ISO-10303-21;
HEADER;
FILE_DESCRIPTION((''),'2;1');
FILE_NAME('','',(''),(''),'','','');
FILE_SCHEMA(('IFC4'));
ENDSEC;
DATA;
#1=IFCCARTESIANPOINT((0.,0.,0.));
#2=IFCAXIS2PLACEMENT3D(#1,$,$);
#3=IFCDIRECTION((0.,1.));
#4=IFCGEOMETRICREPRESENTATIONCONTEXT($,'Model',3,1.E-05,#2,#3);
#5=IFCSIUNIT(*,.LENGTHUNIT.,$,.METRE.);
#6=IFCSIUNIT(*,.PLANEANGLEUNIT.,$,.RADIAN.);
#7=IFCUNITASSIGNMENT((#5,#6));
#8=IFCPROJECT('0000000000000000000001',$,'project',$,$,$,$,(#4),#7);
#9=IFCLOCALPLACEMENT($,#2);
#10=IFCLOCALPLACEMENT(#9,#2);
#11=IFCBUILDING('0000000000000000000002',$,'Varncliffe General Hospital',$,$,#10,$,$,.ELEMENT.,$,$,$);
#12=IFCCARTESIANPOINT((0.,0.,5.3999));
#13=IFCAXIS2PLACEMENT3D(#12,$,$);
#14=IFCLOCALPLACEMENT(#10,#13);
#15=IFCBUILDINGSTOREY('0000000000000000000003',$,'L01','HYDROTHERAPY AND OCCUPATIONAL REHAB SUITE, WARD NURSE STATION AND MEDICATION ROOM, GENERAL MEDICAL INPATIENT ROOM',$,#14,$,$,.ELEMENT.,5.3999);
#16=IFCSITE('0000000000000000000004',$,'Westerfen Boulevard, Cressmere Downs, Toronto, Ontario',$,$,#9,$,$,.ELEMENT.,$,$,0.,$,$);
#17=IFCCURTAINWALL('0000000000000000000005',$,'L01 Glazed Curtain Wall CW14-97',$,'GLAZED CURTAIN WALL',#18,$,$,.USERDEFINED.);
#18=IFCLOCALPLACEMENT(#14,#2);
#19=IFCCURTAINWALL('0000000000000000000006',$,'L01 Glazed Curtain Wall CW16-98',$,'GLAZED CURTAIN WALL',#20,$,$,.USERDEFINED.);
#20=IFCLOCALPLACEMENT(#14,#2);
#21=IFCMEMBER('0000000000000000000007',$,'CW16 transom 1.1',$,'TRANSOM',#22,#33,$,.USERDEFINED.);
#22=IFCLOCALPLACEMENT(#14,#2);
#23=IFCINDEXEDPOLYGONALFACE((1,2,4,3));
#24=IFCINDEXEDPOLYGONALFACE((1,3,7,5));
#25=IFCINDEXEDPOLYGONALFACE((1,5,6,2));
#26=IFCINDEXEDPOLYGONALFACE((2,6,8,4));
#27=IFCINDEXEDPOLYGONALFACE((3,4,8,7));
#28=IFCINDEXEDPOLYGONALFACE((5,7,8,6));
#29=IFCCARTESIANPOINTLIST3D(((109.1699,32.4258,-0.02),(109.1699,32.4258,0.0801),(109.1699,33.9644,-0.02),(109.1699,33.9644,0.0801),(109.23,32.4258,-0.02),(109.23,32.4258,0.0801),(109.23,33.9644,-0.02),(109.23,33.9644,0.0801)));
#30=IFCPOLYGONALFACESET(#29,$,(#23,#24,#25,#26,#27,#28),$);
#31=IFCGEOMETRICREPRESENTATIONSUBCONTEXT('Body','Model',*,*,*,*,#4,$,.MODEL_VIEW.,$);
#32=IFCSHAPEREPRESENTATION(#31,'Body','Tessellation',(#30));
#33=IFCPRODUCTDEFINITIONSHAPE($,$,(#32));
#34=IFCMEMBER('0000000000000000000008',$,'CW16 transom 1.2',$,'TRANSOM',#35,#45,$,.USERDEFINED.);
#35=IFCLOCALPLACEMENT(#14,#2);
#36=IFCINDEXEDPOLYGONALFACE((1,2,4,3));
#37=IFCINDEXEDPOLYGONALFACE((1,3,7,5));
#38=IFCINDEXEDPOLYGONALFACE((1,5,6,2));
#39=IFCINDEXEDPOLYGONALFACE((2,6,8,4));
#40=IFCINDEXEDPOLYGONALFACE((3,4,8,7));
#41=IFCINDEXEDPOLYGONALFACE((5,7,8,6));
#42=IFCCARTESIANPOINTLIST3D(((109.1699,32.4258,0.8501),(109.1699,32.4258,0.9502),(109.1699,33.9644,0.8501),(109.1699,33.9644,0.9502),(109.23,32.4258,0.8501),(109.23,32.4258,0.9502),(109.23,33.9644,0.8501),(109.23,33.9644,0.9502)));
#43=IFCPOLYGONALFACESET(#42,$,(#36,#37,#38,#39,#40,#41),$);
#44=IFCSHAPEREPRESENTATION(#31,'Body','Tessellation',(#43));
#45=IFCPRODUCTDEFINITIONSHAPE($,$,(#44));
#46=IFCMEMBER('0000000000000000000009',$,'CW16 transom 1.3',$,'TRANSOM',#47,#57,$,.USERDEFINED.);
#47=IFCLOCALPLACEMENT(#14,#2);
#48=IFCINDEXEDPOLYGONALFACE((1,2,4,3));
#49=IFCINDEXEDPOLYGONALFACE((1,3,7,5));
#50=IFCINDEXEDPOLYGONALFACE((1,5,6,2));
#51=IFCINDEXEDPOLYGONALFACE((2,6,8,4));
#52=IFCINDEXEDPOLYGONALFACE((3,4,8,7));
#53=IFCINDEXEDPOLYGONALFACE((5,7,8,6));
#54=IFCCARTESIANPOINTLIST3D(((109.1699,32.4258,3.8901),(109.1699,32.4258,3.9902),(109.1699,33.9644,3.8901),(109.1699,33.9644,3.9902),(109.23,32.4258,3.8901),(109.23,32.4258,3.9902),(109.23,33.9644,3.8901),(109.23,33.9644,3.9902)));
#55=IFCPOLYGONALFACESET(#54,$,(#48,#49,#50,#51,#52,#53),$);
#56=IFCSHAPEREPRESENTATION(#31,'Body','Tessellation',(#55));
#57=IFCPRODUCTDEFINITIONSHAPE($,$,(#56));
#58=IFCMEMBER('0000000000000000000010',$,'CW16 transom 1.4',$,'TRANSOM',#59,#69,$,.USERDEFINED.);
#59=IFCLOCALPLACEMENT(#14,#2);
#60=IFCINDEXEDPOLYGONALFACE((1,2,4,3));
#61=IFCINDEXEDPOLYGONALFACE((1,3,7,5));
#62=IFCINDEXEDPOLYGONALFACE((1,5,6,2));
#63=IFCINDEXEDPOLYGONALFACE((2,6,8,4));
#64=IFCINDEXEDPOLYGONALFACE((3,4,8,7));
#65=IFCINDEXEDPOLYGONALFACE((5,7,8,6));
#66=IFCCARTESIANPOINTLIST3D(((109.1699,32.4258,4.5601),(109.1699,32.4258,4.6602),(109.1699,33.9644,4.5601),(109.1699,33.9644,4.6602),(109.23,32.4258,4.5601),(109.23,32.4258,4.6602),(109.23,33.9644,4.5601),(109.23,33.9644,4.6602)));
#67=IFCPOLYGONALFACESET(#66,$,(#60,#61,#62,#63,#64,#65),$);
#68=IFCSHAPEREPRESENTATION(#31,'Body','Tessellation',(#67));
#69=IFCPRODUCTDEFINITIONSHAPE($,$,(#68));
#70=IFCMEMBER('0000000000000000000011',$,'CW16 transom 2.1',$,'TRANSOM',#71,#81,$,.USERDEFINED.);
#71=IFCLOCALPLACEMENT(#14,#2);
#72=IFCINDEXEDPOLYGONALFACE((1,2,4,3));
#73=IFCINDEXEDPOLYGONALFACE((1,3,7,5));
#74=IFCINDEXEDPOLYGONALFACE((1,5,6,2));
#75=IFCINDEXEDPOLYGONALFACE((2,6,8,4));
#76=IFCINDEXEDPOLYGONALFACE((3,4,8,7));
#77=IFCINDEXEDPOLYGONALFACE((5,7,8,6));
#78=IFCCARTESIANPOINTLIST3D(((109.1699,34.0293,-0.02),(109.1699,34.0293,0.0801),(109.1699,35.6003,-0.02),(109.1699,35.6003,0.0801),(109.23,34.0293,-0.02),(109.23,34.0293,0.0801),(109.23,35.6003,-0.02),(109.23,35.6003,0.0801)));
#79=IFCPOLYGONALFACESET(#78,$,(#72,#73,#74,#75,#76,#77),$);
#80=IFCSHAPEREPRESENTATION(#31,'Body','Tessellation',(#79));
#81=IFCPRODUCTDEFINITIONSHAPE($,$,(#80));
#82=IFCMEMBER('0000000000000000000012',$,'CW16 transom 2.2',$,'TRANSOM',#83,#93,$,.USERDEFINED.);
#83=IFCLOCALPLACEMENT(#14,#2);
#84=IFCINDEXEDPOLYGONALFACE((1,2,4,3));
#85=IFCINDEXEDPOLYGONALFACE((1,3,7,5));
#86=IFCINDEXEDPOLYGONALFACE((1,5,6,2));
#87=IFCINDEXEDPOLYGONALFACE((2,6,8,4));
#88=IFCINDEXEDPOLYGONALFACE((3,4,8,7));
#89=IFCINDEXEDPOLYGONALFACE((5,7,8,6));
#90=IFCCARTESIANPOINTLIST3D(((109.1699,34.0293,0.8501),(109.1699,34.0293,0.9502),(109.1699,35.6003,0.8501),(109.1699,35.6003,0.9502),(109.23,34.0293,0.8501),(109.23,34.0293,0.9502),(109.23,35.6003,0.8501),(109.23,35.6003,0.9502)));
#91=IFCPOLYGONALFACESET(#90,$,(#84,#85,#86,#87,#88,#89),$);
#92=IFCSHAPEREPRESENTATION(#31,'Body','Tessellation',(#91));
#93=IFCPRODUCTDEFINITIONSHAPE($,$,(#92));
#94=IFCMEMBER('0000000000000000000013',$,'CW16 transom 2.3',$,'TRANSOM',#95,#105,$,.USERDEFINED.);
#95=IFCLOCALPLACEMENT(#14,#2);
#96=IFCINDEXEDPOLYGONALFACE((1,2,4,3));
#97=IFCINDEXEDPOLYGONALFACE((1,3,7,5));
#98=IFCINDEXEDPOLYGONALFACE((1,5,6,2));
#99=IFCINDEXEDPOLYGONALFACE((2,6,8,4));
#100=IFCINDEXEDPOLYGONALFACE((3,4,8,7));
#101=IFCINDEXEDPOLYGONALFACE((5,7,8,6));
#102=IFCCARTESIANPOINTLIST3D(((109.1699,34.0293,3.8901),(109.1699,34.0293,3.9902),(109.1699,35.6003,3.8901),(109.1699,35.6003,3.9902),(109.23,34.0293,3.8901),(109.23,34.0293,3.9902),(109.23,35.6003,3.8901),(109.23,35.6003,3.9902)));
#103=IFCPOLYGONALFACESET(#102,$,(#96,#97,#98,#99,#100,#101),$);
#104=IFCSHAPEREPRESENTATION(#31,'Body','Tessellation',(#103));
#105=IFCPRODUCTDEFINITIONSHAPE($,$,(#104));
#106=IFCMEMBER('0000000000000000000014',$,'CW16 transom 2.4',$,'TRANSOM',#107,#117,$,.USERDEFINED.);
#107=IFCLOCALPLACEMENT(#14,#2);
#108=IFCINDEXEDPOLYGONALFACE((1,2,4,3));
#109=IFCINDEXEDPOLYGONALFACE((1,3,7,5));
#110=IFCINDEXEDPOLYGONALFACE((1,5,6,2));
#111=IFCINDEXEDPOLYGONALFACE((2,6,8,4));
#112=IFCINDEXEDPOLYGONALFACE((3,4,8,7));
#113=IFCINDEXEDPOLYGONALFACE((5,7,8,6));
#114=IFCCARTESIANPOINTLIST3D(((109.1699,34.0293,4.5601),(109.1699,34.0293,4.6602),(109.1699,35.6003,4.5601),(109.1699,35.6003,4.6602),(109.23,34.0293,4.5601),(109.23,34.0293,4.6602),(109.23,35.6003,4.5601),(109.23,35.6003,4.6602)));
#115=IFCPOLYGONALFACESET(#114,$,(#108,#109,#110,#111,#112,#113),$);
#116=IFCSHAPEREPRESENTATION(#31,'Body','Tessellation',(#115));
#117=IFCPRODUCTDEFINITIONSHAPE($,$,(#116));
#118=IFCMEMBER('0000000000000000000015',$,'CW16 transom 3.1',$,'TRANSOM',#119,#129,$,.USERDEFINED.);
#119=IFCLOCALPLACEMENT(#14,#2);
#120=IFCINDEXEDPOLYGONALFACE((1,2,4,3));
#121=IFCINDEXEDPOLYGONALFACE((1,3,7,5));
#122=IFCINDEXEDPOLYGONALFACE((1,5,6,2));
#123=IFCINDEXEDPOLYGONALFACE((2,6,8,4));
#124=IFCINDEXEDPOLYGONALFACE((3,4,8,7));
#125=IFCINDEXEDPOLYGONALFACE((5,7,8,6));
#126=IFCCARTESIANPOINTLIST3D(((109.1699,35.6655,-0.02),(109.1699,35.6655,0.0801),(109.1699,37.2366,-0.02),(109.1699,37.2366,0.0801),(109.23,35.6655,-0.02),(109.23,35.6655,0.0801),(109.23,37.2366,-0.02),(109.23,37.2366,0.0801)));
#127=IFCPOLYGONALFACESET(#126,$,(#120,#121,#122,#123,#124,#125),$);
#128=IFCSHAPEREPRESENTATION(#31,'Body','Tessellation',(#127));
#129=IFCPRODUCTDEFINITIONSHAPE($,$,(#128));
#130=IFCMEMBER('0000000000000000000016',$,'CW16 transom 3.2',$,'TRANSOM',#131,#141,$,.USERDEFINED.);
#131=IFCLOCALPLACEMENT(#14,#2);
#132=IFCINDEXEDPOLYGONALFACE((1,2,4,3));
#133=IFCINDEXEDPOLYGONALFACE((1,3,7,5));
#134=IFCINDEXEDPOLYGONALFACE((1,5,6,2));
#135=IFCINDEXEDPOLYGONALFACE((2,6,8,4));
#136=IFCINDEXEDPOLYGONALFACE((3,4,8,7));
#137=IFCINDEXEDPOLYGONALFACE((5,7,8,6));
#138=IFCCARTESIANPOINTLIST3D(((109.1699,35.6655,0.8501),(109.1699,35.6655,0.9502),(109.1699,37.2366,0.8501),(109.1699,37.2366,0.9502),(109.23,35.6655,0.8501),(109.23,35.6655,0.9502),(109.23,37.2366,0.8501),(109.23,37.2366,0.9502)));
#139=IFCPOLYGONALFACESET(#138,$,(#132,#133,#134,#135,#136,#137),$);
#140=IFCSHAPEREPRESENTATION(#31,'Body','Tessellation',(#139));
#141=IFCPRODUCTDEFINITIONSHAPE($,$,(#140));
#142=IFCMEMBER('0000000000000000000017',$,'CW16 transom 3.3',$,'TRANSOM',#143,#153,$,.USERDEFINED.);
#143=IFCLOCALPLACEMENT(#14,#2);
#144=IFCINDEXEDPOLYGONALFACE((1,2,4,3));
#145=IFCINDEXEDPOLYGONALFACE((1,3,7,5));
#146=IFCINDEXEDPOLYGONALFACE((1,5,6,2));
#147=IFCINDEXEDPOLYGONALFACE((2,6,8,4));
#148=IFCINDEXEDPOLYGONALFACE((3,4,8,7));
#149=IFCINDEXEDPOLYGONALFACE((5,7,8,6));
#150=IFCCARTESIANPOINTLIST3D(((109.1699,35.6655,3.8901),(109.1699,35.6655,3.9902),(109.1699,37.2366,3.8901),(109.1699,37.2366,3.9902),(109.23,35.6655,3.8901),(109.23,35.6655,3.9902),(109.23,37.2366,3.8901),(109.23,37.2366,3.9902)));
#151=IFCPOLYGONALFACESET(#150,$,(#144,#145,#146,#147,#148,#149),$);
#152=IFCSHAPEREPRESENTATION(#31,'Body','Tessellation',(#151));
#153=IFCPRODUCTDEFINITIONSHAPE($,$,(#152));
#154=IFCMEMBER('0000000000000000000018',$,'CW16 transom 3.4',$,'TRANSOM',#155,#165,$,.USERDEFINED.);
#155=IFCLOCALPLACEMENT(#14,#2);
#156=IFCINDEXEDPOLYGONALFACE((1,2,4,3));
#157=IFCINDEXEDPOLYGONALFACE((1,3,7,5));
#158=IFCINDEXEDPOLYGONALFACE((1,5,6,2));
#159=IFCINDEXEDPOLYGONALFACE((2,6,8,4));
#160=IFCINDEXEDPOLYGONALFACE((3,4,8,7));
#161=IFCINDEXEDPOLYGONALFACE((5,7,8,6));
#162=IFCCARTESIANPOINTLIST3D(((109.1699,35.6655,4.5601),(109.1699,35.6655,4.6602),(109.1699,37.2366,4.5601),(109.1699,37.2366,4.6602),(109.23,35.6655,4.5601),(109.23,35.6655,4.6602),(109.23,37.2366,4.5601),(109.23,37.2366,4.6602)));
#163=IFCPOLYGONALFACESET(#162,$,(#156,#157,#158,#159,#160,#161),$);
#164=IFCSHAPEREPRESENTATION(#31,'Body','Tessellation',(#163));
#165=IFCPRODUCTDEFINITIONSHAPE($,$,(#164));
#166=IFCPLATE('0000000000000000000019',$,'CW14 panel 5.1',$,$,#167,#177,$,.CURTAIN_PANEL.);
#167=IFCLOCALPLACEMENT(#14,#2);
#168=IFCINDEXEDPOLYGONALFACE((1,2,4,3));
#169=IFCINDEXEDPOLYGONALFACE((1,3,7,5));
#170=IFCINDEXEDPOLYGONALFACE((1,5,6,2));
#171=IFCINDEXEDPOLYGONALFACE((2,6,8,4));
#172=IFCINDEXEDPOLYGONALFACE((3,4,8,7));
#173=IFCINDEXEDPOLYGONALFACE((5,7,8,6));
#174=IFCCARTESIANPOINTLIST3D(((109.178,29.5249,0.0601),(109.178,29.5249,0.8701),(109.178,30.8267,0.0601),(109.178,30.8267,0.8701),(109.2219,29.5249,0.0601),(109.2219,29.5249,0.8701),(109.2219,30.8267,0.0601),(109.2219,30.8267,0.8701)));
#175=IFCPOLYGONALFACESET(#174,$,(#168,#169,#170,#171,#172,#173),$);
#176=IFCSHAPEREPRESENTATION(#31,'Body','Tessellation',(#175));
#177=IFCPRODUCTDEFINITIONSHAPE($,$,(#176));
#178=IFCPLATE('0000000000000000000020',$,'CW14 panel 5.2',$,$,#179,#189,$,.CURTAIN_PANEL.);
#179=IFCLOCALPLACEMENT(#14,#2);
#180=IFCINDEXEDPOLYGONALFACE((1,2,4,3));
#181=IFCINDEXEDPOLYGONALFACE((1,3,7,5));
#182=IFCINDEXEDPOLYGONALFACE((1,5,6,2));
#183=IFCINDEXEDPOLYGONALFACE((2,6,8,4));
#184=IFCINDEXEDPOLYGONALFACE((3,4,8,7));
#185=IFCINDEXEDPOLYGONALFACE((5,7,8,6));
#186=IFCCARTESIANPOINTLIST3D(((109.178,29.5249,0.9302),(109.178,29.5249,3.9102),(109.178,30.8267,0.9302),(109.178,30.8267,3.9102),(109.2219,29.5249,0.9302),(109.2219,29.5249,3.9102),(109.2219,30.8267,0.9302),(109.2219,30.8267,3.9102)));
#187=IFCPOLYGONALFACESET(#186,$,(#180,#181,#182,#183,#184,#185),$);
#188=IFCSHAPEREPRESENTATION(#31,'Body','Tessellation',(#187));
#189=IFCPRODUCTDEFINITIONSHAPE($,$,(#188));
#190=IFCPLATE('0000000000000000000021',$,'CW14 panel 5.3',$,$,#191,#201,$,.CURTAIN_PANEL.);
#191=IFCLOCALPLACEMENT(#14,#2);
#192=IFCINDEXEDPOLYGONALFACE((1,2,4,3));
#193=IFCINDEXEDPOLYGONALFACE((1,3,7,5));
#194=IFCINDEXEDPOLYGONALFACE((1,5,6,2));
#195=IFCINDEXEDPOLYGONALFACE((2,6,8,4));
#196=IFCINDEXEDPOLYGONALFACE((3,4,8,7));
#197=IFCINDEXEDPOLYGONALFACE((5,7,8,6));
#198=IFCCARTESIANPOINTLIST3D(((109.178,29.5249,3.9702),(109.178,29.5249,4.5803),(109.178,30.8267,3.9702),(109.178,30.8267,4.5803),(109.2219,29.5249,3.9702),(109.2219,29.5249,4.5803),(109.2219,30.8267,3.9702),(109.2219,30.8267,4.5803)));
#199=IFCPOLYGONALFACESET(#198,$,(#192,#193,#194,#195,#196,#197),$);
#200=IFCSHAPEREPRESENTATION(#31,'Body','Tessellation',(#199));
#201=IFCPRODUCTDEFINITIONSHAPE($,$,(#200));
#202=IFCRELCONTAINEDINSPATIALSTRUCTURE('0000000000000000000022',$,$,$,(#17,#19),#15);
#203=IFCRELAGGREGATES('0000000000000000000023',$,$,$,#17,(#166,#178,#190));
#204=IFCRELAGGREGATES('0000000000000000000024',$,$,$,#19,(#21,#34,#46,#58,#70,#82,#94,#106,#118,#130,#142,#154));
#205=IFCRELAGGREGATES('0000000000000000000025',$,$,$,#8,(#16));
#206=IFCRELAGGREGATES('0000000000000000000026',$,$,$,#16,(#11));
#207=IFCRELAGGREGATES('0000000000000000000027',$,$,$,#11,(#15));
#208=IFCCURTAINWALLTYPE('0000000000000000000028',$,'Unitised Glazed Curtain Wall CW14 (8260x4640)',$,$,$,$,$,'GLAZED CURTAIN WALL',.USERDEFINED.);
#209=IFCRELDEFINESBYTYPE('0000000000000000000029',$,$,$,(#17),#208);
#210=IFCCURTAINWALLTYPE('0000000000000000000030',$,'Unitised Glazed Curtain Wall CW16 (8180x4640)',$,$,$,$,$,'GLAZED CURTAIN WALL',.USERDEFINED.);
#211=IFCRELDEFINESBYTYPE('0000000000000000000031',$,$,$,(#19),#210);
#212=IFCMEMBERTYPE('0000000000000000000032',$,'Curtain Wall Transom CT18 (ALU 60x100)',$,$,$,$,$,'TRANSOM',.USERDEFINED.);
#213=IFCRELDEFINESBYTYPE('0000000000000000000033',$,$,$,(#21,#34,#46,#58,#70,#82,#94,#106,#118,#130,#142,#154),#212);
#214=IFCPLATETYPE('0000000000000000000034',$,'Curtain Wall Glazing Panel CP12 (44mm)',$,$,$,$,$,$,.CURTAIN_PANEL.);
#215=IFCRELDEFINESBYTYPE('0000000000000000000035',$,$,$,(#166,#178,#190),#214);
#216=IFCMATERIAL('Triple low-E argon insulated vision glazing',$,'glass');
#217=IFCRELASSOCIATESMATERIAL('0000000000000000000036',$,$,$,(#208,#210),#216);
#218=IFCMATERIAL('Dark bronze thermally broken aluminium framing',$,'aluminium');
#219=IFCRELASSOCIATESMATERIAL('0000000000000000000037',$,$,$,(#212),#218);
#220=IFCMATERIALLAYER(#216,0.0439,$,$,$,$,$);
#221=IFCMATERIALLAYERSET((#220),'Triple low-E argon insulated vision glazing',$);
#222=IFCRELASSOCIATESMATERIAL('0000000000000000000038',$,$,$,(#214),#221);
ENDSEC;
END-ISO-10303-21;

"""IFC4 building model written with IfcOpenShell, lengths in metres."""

from ifc_helpers import new_model, si_unit, direction, frame, origin, origin_2d, place, context, subcontext, project, spatial, rectangle, extrude, material, layer, layer_set, material_profile, profile_set, type_object, element, aggregate, save


model = new_model("IFC4")

# Units and contexts
model_context = context("Model", 3, precision=1e-05, world=origin(), true_north=direction((0.0, 1.0)))
body_context = subcontext(model_context, "Body", "Model", "MODEL_VIEW")
ifc_project = project(units=[si_unit("LENGTHUNIT", "METRE"), si_unit("PLANEANGLEUNIT", "RADIAN")], contexts=[model_context])

# Site, building, storey
site_placement = place(None, origin())
site = spatial("IfcSite", under=ifc_project, at=site_placement, Name="Westerfen Boulevard, Cressmere Downs, Toronto, Ontario", CompositionType="ELEMENT", RefElevation=0.0)
building_placement = place(site_placement, origin())
building = spatial("IfcBuilding", under=site, at=building_placement, Name="Varncliffe General Hospital", CompositionType="ELEMENT")
storey_placement = place(building_placement, frame((0.0, 0.0, 5.3999)))
storey = spatial("IfcBuildingStorey", under=building, at=storey_placement, Name="L01", Description="HYDROTHERAPY AND OCCUPATIONAL REHAB SUITE, WARD NURSE STATION AND MEDICATION ROOM, GENERAL MEDICAL INPATIENT ROOM", CompositionType="ELEMENT", Elevation=5.3999)

# Curtain walls
ifc_material_1 = material(Name="Triple low-E argon insulated vision glazing", Category="glass")
curtain_wall_type_1 = type_object("IfcCurtainWallType", Name="Unitised Glazed Curtain Wall CW14 (8260x4640)", ElementType="GLAZED CURTAIN WALL", PredefinedType="USERDEFINED", material=ifc_material_1)
curtain_wall_1_placement = place(storey_placement, origin())
curtain_wall_1 = element("IfcCurtainWall", 1, at=curtain_wall_1_placement, inside=storey, type_object=curtain_wall_type_1, Name="L01 Glazed Curtain Wall CW14-97", ObjectType="GLAZED CURTAIN WALL", PredefinedType="USERDEFINED")
ifc_material_2 = material(Name="Dark bronze thermally broken aluminium framing", Category="aluminium")
curtain_wall_type_2 = type_object("IfcCurtainWallType", Name="Unitised Glazed Curtain Wall CW16 (8180x4640)", ElementType="GLAZED CURTAIN WALL", PredefinedType="USERDEFINED", material=ifc_material_1)
curtain_wall_2_placement = place(storey_placement, origin())
curtain_wall_2 = element("IfcCurtainWall", 2, at=curtain_wall_2_placement, inside=storey, type_object=curtain_wall_type_2, Name="L01 Glazed Curtain Wall CW16-98", ObjectType="GLAZED CURTAIN WALL", PredefinedType="USERDEFINED")

# Members
ifc_material_profile_1 = material_profile(ifc_material_2, rectangle(XDim=0.0601, YDim=0.1001, at=origin_2d()), Name="ALU 60x100")
ifc_profile_set_1 = profile_set([ifc_material_profile_1], Name="Dark bronze thermally broken aluminium framing")
member_type_1 = type_object("IfcMemberType", Name="Curtain Wall Transom CT18 (ALU 60x100)", ElementType="TRANSOM", PredefinedType="USERDEFINED", material=ifc_profile_set_1)
member_1_placement = place(storey_placement, frame((109.2, 32.4258, 0.03), z_axis=(0.0, 1.0, 0.0), x_axis=(-1.0, 0.0, 0.0)))
member_1 = element("IfcMember", 3, at=member_1_placement, type_object=member_type_1, Name="CW16 transom 1.1", ObjectType="TRANSOM", PredefinedType="USERDEFINED", context=body_context, shape_type="SweptSolid", body=[
    extrude(rectangle(XDim=0.0601, YDim=0.1001, at=origin_2d()), origin(), (0.0, 0.0, 1.0), 1.5386),
])
member_2_placement = place(storey_placement, frame((109.2, 32.4258, 0.9001), z_axis=(0.0, 1.0, 0.0), x_axis=(-1.0, 0.0, 0.0)))
member_2 = element("IfcMember", 4, at=member_2_placement, type_object=member_type_1, Name="CW16 transom 1.2", ObjectType="TRANSOM", PredefinedType="USERDEFINED", context=body_context, shape_type="SweptSolid", body=[
    extrude(rectangle(XDim=0.0601, YDim=0.1001, at=origin_2d()), origin(), (0.0, 0.0, 1.0), 1.5386),
])
member_3_placement = place(storey_placement, frame((109.2, 32.4258, 3.9402), z_axis=(0.0, 1.0, 0.0), x_axis=(-1.0, 0.0, 0.0)))
member_3 = element("IfcMember", 5, at=member_3_placement, type_object=member_type_1, Name="CW16 transom 1.3", ObjectType="TRANSOM", PredefinedType="USERDEFINED", context=body_context, shape_type="SweptSolid", body=[
    extrude(rectangle(XDim=0.0601, YDim=0.1001, at=origin_2d()), origin(), (0.0, 0.0, 1.0), 1.5386),
])
member_4_placement = place(storey_placement, frame((109.2, 32.4258, 4.6101), z_axis=(0.0, 1.0, 0.0), x_axis=(-1.0, 0.0, 0.0)))
member_4 = element("IfcMember", 6, at=member_4_placement, type_object=member_type_1, Name="CW16 transom 1.4", ObjectType="TRANSOM", PredefinedType="USERDEFINED", context=body_context, shape_type="SweptSolid", body=[
    extrude(rectangle(XDim=0.0601, YDim=0.1001, at=origin_2d()), origin(), (0.0, 0.0, 1.0), 1.5386),
])
member_5_placement = place(storey_placement, frame((109.2, 34.0293, 0.03), z_axis=(0.0, 1.0, 0.0), x_axis=(-1.0, 0.0, 0.0)))
member_5 = element("IfcMember", 7, at=member_5_placement, type_object=member_type_1, Name="CW16 transom 2.1", ObjectType="TRANSOM", PredefinedType="USERDEFINED", context=body_context, shape_type="SweptSolid", body=[
    extrude(rectangle(XDim=0.0601, YDim=0.1001, at=origin_2d()), origin(), (0.0, 0.0, 1.0), 1.571),
])
member_6_placement = place(storey_placement, frame((109.2, 34.0293, 0.9001), z_axis=(0.0, 1.0, 0.0), x_axis=(-1.0, 0.0, 0.0)))
member_6 = element("IfcMember", 8, at=member_6_placement, type_object=member_type_1, Name="CW16 transom 2.2", ObjectType="TRANSOM", PredefinedType="USERDEFINED", context=body_context, shape_type="SweptSolid", body=[
    extrude(rectangle(XDim=0.0601, YDim=0.1001, at=origin_2d()), origin(), (0.0, 0.0, 1.0), 1.571),
])
member_7_placement = place(storey_placement, frame((109.2, 34.0293, 3.9402), z_axis=(0.0, 1.0, 0.0), x_axis=(-1.0, 0.0, 0.0)))
member_7 = element("IfcMember", 9, at=member_7_placement, type_object=member_type_1, Name="CW16 transom 2.3", ObjectType="TRANSOM", PredefinedType="USERDEFINED", context=body_context, shape_type="SweptSolid", body=[
    extrude(rectangle(XDim=0.0601, YDim=0.1001, at=origin_2d()), origin(), (0.0, 0.0, 1.0), 1.571),
])
member_8_placement = place(storey_placement, frame((109.2, 34.0293, 4.6101), z_axis=(0.0, 1.0, 0.0), x_axis=(-1.0, 0.0, 0.0)))
member_8 = element("IfcMember", 10, at=member_8_placement, type_object=member_type_1, Name="CW16 transom 2.4", ObjectType="TRANSOM", PredefinedType="USERDEFINED", context=body_context, shape_type="SweptSolid", body=[
    extrude(rectangle(XDim=0.0601, YDim=0.1001, at=origin_2d()), origin(), (0.0, 0.0, 1.0), 1.571),
])
member_9_placement = place(storey_placement, frame((109.2, 35.6655, 0.03), z_axis=(0.0, 1.0, 0.0), x_axis=(-1.0, 0.0, 0.0)))
member_9 = element("IfcMember", 11, at=member_9_placement, type_object=member_type_1, Name="CW16 transom 3.1", ObjectType="TRANSOM", PredefinedType="USERDEFINED", context=body_context, shape_type="SweptSolid", body=[
    extrude(rectangle(XDim=0.0601, YDim=0.1001, at=origin_2d()), origin(), (0.0, 0.0, 1.0), 1.571),
])
member_10_placement = place(storey_placement, frame((109.2, 35.6655, 0.9001), z_axis=(0.0, 1.0, 0.0), x_axis=(-1.0, 0.0, 0.0)))
member_10 = element("IfcMember", 12, at=member_10_placement, type_object=member_type_1, Name="CW16 transom 3.2", ObjectType="TRANSOM", PredefinedType="USERDEFINED", context=body_context, shape_type="SweptSolid", body=[
    extrude(rectangle(XDim=0.0601, YDim=0.1001, at=origin_2d()), origin(), (0.0, 0.0, 1.0), 1.571),
])
member_11_placement = place(storey_placement, frame((109.2, 35.6655, 3.9402), z_axis=(0.0, 1.0, 0.0), x_axis=(-1.0, 0.0, 0.0)))
member_11 = element("IfcMember", 13, at=member_11_placement, type_object=member_type_1, Name="CW16 transom 3.3", ObjectType="TRANSOM", PredefinedType="USERDEFINED", context=body_context, shape_type="SweptSolid", body=[
    extrude(rectangle(XDim=0.0601, YDim=0.1001, at=origin_2d()), origin(), (0.0, 0.0, 1.0), 1.571),
])
member_12_placement = place(storey_placement, frame((109.2, 35.6655, 4.6101), z_axis=(0.0, 1.0, 0.0), x_axis=(-1.0, 0.0, 0.0)))
member_12 = element("IfcMember", 14, at=member_12_placement, type_object=member_type_1, Name="CW16 transom 3.4", ObjectType="TRANSOM", PredefinedType="USERDEFINED", context=body_context, shape_type="SweptSolid", body=[
    extrude(rectangle(XDim=0.0601, YDim=0.1001, at=origin_2d()), origin(), (0.0, 0.0, 1.0), 1.571),
])

# Plates
ifc_layer_1 = layer(ifc_material_1, 0.0439)
ifc_layer_set_1 = layer_set([ifc_layer_1], Name="Triple low-E argon insulated vision glazing")
plate_type_1 = type_object("IfcPlateType", Name="Curtain Wall Glazing Panel CP12 (44mm)", PredefinedType="CURTAIN_PANEL", material=ifc_layer_set_1)
plate_1_placement = place(storey_placement, frame((109.2, 30.1758, 0.0601), z_axis=(0.0, 0.0, 1.0), x_axis=(0.0, 1.0, 0.0)))
plate_1 = element("IfcPlate", 15, at=plate_1_placement, type_object=plate_type_1, Name="CW14 panel 5.1", PredefinedType="CURTAIN_PANEL", context=body_context, shape_type="SweptSolid", body=[
    extrude(rectangle(XDim=1.3018, YDim=0.0439, at=origin_2d()), origin(), (0.0, 0.0, 1.0), 0.8101),
])
plate_2_placement = place(storey_placement, frame((109.2, 30.1758, 0.9302), z_axis=(0.0, 0.0, 1.0), x_axis=(0.0, 1.0, 0.0)))
plate_2 = element("IfcPlate", 16, at=plate_2_placement, type_object=plate_type_1, Name="CW14 panel 5.2", PredefinedType="CURTAIN_PANEL", context=body_context, shape_type="SweptSolid", body=[
    extrude(rectangle(XDim=1.3018, YDim=0.0439, at=origin_2d()), origin(), (0.0, 0.0, 1.0), 2.98),
])
plate_3_placement = place(storey_placement, frame((109.2, 30.1758, 3.9702), z_axis=(0.0, 0.0, 1.0), x_axis=(0.0, 1.0, 0.0)))
plate_3 = element("IfcPlate", 17, at=plate_3_placement, type_object=plate_type_1, Name="CW14 panel 5.3", PredefinedType="CURTAIN_PANEL", context=body_context, shape_type="SweptSolid", body=[
    extrude(rectangle(XDim=1.3018, YDim=0.0439, at=origin_2d()), origin(), (0.0, 0.0, 1.0), 0.6101),
])
aggregate(curtain_wall_1, [plate_1, plate_2, plate_3])
aggregate(curtain_wall_2, [member_1, member_2, member_3, member_4, member_5, member_6, member_7, member_8, member_9, member_10, member_11, member_12])

save(model, "model.ifc")
